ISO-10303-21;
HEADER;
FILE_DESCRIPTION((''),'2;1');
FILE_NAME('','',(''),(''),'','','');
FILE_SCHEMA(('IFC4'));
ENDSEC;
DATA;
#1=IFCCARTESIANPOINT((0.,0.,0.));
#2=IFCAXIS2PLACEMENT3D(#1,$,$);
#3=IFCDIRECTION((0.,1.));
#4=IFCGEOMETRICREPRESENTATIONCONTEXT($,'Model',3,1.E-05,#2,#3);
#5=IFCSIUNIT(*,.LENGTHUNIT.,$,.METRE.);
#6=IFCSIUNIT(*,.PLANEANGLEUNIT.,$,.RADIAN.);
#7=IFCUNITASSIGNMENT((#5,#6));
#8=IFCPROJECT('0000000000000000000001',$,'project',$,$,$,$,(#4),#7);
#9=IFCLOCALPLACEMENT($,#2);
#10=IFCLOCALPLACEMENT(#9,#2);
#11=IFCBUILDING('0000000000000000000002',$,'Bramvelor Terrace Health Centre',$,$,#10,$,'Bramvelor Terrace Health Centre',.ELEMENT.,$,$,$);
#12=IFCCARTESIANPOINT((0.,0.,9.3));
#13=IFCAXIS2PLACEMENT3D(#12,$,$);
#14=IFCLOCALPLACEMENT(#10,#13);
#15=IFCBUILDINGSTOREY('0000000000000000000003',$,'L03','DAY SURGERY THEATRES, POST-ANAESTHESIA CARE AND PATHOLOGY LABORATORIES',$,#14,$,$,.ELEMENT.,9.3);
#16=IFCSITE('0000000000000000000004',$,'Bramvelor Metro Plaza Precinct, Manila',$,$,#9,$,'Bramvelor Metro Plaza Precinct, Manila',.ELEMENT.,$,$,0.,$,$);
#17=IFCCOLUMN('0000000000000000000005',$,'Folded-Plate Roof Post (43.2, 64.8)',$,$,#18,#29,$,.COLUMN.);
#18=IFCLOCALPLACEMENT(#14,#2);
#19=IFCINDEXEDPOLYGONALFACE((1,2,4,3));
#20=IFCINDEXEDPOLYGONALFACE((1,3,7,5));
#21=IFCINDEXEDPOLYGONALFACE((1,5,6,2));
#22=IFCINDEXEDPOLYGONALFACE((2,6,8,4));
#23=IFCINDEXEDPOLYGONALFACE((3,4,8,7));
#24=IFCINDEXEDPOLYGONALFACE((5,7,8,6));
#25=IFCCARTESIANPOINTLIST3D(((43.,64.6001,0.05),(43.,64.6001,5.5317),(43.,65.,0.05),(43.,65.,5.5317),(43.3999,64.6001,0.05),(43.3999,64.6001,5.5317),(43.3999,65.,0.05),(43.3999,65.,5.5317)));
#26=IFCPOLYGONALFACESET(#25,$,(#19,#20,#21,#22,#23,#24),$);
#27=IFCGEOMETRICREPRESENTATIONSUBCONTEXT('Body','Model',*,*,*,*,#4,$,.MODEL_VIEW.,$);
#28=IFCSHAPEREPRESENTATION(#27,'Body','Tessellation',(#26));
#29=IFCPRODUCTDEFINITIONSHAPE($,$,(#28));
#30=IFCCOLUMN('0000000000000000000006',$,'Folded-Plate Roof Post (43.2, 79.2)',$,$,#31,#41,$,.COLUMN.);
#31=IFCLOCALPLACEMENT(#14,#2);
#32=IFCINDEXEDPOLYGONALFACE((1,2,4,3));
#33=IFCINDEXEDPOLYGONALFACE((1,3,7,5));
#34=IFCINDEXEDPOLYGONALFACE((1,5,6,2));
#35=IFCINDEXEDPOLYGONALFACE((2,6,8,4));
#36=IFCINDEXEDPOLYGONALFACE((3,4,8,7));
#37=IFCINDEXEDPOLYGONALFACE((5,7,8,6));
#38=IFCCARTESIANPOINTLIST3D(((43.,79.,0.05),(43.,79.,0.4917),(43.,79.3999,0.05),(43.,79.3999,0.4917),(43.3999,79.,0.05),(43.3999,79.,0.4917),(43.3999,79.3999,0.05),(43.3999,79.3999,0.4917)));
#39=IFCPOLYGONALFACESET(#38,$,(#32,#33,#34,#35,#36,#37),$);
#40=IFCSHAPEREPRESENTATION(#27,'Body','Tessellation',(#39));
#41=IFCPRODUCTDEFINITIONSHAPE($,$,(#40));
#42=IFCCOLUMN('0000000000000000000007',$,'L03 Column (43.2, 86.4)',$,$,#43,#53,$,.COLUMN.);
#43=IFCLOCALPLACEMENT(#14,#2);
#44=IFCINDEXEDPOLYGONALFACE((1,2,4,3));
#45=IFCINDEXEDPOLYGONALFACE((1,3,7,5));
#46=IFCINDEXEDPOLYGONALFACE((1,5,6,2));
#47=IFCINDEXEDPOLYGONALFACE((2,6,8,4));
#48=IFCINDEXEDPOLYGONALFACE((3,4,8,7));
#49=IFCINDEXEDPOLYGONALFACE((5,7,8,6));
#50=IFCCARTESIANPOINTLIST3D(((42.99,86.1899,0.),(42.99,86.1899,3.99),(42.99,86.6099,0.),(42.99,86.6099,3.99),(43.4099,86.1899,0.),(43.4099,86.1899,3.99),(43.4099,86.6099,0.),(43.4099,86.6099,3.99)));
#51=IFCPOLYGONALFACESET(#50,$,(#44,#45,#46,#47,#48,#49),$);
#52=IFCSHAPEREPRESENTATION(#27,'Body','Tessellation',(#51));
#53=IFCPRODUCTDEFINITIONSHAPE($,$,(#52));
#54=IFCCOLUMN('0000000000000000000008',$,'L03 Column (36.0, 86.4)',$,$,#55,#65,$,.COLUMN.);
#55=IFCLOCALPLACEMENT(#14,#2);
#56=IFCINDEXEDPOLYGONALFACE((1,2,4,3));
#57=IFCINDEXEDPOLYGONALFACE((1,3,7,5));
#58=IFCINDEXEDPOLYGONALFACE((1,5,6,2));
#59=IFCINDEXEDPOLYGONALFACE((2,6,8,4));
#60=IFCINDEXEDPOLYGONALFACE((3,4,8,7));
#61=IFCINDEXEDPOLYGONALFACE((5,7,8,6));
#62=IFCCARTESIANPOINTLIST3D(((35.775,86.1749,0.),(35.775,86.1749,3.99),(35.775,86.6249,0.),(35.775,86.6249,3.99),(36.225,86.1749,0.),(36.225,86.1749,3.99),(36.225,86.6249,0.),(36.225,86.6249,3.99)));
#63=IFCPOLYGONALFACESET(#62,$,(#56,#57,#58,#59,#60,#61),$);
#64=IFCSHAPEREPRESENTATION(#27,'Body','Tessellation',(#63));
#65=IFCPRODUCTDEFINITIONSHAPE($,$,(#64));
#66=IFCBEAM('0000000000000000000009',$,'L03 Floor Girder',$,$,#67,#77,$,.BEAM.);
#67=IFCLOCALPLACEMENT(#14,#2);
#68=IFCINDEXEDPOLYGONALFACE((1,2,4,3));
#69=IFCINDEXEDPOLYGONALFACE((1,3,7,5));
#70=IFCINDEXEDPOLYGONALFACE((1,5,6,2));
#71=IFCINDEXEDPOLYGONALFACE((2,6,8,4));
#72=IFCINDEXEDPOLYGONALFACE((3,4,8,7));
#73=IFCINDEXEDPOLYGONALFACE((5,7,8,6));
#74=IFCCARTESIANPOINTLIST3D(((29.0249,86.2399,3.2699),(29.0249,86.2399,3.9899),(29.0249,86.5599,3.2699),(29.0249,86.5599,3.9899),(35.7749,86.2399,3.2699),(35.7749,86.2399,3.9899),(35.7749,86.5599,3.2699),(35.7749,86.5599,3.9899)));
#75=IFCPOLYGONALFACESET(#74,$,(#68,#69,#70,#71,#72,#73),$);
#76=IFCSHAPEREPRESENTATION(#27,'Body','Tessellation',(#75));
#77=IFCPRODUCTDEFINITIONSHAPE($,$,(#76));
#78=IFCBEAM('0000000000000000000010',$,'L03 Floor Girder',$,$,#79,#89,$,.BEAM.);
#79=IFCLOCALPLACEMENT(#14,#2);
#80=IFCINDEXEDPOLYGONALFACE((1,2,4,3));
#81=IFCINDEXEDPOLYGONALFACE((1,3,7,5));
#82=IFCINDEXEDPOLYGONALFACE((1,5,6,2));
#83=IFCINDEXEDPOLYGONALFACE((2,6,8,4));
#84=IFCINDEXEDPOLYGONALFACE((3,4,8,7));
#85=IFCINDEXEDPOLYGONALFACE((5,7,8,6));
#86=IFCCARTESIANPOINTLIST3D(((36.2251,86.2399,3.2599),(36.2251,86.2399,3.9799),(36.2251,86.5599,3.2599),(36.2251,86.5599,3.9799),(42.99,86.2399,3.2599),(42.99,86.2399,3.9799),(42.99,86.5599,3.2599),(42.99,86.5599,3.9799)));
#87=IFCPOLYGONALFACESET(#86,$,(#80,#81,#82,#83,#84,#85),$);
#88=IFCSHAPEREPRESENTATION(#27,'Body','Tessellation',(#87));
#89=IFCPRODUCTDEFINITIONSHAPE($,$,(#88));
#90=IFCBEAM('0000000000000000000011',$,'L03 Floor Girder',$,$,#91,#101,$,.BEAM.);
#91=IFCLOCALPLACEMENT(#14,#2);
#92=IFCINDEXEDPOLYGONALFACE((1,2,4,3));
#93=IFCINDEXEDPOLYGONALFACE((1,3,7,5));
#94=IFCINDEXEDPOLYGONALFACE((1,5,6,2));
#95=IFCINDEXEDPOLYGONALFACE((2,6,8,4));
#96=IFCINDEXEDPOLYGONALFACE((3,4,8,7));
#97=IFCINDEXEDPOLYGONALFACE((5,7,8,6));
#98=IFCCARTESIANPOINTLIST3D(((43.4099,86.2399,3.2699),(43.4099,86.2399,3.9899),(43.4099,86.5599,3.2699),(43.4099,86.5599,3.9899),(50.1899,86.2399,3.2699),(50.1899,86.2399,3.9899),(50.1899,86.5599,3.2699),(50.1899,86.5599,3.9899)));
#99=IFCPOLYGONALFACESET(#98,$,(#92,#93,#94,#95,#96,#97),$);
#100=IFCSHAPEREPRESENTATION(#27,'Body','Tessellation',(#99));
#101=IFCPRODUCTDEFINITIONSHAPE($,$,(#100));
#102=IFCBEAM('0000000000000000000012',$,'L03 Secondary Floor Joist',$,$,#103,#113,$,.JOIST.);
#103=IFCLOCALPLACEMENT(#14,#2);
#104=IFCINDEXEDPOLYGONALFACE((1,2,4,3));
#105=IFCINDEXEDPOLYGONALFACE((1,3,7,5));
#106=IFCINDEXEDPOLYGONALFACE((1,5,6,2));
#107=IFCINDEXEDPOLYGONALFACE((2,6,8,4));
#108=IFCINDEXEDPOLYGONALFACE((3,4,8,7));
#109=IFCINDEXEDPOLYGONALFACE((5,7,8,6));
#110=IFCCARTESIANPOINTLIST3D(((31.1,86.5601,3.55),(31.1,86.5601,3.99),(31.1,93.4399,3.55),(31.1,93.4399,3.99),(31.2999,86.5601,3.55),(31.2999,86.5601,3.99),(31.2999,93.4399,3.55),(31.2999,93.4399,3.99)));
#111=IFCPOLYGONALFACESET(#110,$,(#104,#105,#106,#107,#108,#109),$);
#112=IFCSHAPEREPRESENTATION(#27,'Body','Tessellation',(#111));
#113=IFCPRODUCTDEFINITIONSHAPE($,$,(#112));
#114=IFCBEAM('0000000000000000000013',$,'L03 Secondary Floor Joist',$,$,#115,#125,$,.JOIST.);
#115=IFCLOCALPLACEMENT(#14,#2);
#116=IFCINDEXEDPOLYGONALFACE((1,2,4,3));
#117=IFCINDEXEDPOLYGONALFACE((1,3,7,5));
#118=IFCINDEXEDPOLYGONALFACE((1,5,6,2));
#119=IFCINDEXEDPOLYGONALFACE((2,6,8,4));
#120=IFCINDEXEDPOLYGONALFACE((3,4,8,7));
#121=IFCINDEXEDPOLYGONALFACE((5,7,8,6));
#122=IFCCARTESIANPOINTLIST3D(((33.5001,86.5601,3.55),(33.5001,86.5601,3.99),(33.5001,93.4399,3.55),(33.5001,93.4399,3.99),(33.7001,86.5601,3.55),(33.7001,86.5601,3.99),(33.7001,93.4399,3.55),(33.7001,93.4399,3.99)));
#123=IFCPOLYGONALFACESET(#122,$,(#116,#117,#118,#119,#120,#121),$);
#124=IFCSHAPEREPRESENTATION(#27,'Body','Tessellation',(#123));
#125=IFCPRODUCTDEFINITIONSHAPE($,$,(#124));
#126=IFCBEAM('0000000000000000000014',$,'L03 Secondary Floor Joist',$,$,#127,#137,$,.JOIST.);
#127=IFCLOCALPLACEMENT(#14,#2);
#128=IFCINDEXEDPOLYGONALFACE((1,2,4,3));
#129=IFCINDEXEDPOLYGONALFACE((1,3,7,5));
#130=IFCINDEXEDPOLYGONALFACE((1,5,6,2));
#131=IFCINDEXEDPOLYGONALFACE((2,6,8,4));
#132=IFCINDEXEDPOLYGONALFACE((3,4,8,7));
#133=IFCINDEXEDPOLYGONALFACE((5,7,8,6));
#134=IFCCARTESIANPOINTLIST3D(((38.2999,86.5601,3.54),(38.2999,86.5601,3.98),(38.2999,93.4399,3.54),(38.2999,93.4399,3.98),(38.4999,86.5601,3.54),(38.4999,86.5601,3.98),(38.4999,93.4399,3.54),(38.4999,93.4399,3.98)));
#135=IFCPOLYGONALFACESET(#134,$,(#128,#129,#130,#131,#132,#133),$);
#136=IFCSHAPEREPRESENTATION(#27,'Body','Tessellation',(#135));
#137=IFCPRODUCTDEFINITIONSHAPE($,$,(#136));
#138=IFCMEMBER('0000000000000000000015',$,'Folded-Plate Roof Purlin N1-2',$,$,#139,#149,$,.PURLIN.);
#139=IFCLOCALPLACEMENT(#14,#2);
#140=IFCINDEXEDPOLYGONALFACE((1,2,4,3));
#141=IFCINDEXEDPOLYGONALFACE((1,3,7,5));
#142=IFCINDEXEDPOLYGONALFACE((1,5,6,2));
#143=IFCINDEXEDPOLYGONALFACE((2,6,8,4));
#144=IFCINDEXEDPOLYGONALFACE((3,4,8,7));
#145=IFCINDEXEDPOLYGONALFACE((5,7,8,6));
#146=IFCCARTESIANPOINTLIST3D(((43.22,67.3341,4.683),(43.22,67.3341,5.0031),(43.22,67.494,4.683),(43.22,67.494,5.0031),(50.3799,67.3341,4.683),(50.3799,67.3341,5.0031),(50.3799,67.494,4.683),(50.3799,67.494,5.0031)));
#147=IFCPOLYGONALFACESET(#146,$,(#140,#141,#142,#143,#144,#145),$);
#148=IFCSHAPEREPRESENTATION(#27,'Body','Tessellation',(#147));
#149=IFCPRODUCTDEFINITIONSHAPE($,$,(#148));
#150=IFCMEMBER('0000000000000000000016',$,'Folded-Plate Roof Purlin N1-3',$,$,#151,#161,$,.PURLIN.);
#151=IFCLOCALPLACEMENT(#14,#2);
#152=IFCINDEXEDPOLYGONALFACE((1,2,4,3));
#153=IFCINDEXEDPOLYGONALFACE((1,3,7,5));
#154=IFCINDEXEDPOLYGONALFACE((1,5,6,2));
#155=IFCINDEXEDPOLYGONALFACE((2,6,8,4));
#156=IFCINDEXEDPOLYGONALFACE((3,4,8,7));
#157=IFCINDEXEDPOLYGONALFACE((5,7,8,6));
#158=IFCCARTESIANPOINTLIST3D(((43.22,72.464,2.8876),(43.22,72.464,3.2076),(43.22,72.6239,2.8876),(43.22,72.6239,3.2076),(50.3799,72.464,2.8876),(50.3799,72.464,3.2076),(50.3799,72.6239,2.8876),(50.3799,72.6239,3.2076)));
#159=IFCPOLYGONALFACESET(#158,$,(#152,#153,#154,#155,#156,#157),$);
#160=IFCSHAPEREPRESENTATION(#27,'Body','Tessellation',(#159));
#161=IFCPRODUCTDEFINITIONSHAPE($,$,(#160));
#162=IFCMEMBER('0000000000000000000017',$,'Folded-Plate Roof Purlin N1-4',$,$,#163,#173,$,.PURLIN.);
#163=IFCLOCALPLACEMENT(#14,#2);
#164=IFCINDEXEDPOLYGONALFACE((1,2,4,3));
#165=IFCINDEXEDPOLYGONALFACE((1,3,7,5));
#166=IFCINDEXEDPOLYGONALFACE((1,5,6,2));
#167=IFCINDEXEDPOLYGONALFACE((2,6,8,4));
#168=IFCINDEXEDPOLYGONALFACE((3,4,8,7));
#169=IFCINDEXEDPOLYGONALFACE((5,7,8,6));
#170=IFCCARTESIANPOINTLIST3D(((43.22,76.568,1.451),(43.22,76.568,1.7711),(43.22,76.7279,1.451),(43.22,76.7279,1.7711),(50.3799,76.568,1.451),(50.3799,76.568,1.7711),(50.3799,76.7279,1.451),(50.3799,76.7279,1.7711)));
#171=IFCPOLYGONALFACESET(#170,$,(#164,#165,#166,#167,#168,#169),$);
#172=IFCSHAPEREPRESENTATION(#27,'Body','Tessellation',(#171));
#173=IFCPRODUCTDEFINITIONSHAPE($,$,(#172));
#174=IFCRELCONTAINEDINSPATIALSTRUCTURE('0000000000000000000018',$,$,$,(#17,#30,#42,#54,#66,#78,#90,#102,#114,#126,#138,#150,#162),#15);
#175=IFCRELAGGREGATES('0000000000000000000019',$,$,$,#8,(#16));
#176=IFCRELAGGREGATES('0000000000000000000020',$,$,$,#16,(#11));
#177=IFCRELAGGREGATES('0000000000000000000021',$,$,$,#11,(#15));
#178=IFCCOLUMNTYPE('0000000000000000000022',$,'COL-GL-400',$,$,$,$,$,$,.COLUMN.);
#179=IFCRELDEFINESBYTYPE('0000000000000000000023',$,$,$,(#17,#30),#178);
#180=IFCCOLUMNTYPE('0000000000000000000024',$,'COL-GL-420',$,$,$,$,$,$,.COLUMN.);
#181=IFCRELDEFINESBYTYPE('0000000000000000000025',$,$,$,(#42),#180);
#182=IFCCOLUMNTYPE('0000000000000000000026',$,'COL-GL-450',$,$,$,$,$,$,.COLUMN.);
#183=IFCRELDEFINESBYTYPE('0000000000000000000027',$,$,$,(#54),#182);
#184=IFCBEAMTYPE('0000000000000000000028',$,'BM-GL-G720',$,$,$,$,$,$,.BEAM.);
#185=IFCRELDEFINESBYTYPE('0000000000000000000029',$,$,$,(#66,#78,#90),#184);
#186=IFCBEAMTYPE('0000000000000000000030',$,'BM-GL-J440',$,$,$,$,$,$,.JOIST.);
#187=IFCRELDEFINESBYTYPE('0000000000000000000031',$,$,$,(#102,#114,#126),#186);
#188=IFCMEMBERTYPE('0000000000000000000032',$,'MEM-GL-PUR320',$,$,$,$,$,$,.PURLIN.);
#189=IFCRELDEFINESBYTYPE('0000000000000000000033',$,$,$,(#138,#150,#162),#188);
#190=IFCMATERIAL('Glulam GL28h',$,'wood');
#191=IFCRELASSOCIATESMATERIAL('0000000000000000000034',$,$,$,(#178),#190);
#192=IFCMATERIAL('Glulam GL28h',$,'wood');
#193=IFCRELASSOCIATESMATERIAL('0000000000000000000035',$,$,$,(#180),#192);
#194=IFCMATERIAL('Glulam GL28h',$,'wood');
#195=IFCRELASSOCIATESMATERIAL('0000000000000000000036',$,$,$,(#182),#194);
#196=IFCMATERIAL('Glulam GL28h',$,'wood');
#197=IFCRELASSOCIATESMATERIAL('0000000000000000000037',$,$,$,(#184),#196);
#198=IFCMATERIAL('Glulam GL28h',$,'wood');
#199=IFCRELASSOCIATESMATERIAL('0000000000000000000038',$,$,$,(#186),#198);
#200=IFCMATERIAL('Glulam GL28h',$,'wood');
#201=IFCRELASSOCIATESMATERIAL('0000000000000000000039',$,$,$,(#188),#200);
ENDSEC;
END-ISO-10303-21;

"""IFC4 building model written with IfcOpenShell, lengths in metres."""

from ifc_helpers import new_model, si_unit, direction, frame, origin, origin_2d, place, context, subcontext, project, spatial, rectangle, extrude, material, material_profile, profile_set, type_object, element, save


model = new_model("IFC4")

# Units and contexts
model_context = context("Model", 3, precision=1e-05, world=origin(), true_north=direction((0.0, 1.0)))
body_context = subcontext(model_context, "Body", "Model", "MODEL_VIEW")
ifc_project = project(units=[si_unit("LENGTHUNIT", "METRE"), si_unit("PLANEANGLEUNIT", "RADIAN")], contexts=[model_context])

# Site, building, storey
site_placement = place(None, origin())
site = spatial("IfcSite", under=ifc_project, at=site_placement, Name="Bramvelor Metro Plaza Precinct, Manila", LongName="Bramvelor Metro Plaza Precinct, Manila", CompositionType="ELEMENT", RefElevation=0.0)
building_placement = place(site_placement, origin())
building = spatial("IfcBuilding", under=site, at=building_placement, Name="Bramvelor Terrace Health Centre", LongName="Bramvelor Terrace Health Centre", CompositionType="ELEMENT")
storey_placement = place(building_placement, frame((0.0, 0.0, 9.3)))
storey = spatial("IfcBuildingStorey", under=building, at=storey_placement, Name="L03", Description="DAY SURGERY THEATRES, POST-ANAESTHESIA CARE AND PATHOLOGY LABORATORIES", CompositionType="ELEMENT", Elevation=9.3)

# Columns
ifc_material_1 = material(Name="Glulam GL28h", Category="wood")
ifc_material_profile_1 = material_profile(ifc_material_1, rectangle(XDim=0.3999, YDim=0.3999, at=origin_2d()), Name="GL 400x400")
ifc_profile_set_1 = profile_set([ifc_material_profile_1], Name="Glulam GL28h")
column_type_1 = type_object("IfcColumnType", Name="COL-GL-400", PredefinedType="COLUMN", material=ifc_profile_set_1)
column_1_placement = place(storey_placement, frame((43.2, 64.8, 0.05), z_axis=(0.0, 0.0, 1.0), x_axis=(1.0, 0.0, 0.0)))
element("IfcColumn", 1, at=column_1_placement, inside=storey, type_object=column_type_1, Name="Folded-Plate Roof Post (43.2, 64.8)", PredefinedType="COLUMN", context=body_context, shape_type="SweptSolid", body=[
    extrude(rectangle(XDim=0.3999, YDim=0.3999, at=origin_2d()), origin(), (0.0, 0.0, 1.0), 5.4817),
])
column_2_placement = place(storey_placement, frame((43.2, 79.2, 0.05), z_axis=(0.0, 0.0, 1.0), x_axis=(1.0, 0.0, 0.0)))
element("IfcColumn", 2, at=column_2_placement, inside=storey, type_object=column_type_1, Name="Folded-Plate Roof Post (43.2, 79.2)", PredefinedType="COLUMN", context=body_context, shape_type="SweptSolid", body=[
    extrude(rectangle(XDim=0.3999, YDim=0.3999, at=origin_2d()), origin(), (0.0, 0.0, 1.0), 0.4417),
])
ifc_material_2 = material(Name="Glulam GL28h", Category="wood")
ifc_material_profile_2 = material_profile(ifc_material_2, rectangle(XDim=0.4199, YDim=0.4199, at=origin_2d()), Name="GL 420x420")
ifc_profile_set_2 = profile_set([ifc_material_profile_2], Name="Glulam GL28h")
column_type_2 = type_object("IfcColumnType", Name="COL-GL-420", PredefinedType="COLUMN", material=ifc_profile_set_2)
column_3_placement = place(storey_placement, frame((43.2, 86.3999, 0.0), z_axis=(0.0, 0.0, 1.0), x_axis=(1.0, 0.0, 0.0)))
element("IfcColumn", 3, at=column_3_placement, inside=storey, type_object=column_type_2, Name="L03 Column (43.2, 86.4)", PredefinedType="COLUMN", context=body_context, shape_type="SweptSolid", body=[
    extrude(rectangle(XDim=0.4199, YDim=0.4199, at=origin_2d()), origin(), (0.0, 0.0, 1.0), 3.99),
])
ifc_material_3 = material(Name="Glulam GL28h", Category="wood")
ifc_material_profile_3 = material_profile(ifc_material_3, rectangle(XDim=0.45, YDim=0.45, at=origin_2d()), Name="GL 450x450")
ifc_profile_set_3 = profile_set([ifc_material_profile_3], Name="Glulam GL28h")
column_type_3 = type_object("IfcColumnType", Name="COL-GL-450", PredefinedType="COLUMN", material=ifc_profile_set_3)
column_4_placement = place(storey_placement, frame((36.0, 86.3999, 0.0), z_axis=(0.0, 0.0, 1.0), x_axis=(1.0, 0.0, 0.0)))
element("IfcColumn", 4, at=column_4_placement, inside=storey, type_object=column_type_3, Name="L03 Column (36.0, 86.4)", PredefinedType="COLUMN", context=body_context, shape_type="SweptSolid", body=[
    extrude(rectangle(XDim=0.45, YDim=0.45, at=origin_2d()), origin(), (0.0, 0.0, 1.0), 3.99),
])

# Beams
ifc_material_4 = material(Name="Glulam GL28h", Category="wood")
ifc_material_profile_4 = material_profile(ifc_material_4, rectangle(XDim=0.3201, YDim=0.72, at=origin_2d()), Name="GL 320x720")
ifc_profile_set_4 = profile_set([ifc_material_profile_4], Name="Glulam GL28h")
beam_type_1 = type_object("IfcBeamType", Name="BM-GL-G720", PredefinedType="BEAM", material=ifc_profile_set_4)
beam_1_placement = place(storey_placement, frame((29.0249, 86.3999, 3.6299), z_axis=(1.0, 0.0, 0.0), x_axis=(0.0, 1.0, 0.0)))
element("IfcBeam", 5, at=beam_1_placement, inside=storey, type_object=beam_type_1, Name="L03 Floor Girder", PredefinedType="BEAM", context=body_context, shape_type="SweptSolid", body=[
    extrude(rectangle(XDim=0.3201, YDim=0.72, at=origin_2d()), origin(), (0.0, 0.0, 1.0), 6.75),
])
beam_2_placement = place(storey_placement, frame((36.2251, 86.3999, 3.6199), z_axis=(1.0, 0.0, 0.0), x_axis=(0.0, 1.0, 0.0)))
element("IfcBeam", 6, at=beam_2_placement, inside=storey, type_object=beam_type_1, Name="L03 Floor Girder", PredefinedType="BEAM", context=body_context, shape_type="SweptSolid", body=[
    extrude(rectangle(XDim=0.3201, YDim=0.72, at=origin_2d()), origin(), (0.0, 0.0, 1.0), 6.7649),
])
beam_3_placement = place(storey_placement, frame((43.4099, 86.3999, 3.6299), z_axis=(1.0, 0.0, 0.0), x_axis=(0.0, 1.0, 0.0)))
element("IfcBeam", 7, at=beam_3_placement, inside=storey, type_object=beam_type_1, Name="L03 Floor Girder", PredefinedType="BEAM", context=body_context, shape_type="SweptSolid", body=[
    extrude(rectangle(XDim=0.3201, YDim=0.72, at=origin_2d()), origin(), (0.0, 0.0, 1.0), 6.78),
])
ifc_material_5 = material(Name="Glulam GL28h", Category="wood")
ifc_material_profile_5 = material_profile(ifc_material_5, rectangle(XDim=0.2, YDim=0.4399, at=origin_2d()), Name="GL 200x440")
ifc_profile_set_5 = profile_set([ifc_material_profile_5], Name="Glulam GL28h")
beam_type_2 = type_object("IfcBeamType", Name="BM-GL-J440", PredefinedType="JOIST", material=ifc_profile_set_5)
for number, where, z_axis, x_axis, name in (
    (8, (31.2, 86.5601, 3.77), (0.0, 1.0, 0.0), (-1.0, 0.0, 0.0), "L03 Secondary Floor Joist"),
    (9, (33.6001, 86.5601, 3.77), (0.0, 1.0, 0.0), (-1.0, 0.0, 0.0), "L03 Secondary Floor Joist"),
    (10, (38.3999, 86.5601, 3.76), (0.0, 1.0, 0.0), (-1.0, 0.0, 0.0), "L03 Secondary Floor Joist"),
):
    element("IfcBeam", number, at=place(storey_placement, frame(where, z_axis=z_axis, x_axis=x_axis)), inside=storey, type_object=beam_type_2, Name=name, PredefinedType="JOIST", context=body_context, shape_type="SweptSolid", body=[
        extrude(rectangle(XDim=0.2, YDim=0.4399, at=origin_2d()), origin(), (0.0, 0.0, 1.0), 6.8799),
    ])

# Members
ifc_material_6 = material(Name="Glulam GL28h", Category="wood")
ifc_material_profile_6 = material_profile(ifc_material_6, rectangle(XDim=0.1599, YDim=0.3201, at=origin_2d()), Name="GL 160x320")
ifc_profile_set_6 = profile_set([ifc_material_profile_6], Name="Glulam GL28h")
member_type_1 = type_object("IfcMemberType", Name="MEM-GL-PUR320", PredefinedType="PURLIN", material=ifc_profile_set_6)
for number, where, z_axis, x_axis, name in (
    (11, (43.22, 67.4141, 4.843), (1.0, 0.0, 0.0), (0.0, 1.0, 0.0), "Folded-Plate Roof Purlin N1-2"),
    (12, (43.22, 72.5439, 3.0476), (1.0, 0.0, 0.0), (0.0, 1.0, 0.0), "Folded-Plate Roof Purlin N1-3"),
    (13, (43.22, 76.6479, 1.6111), (1.0, 0.0, 0.0), (0.0, 1.0, 0.0), "Folded-Plate Roof Purlin N1-4"),
):
    element("IfcMember", number, at=place(storey_placement, frame(where, z_axis=z_axis, x_axis=x_axis)), inside=storey, type_object=member_type_1, Name=name, PredefinedType="PURLIN", context=body_context, shape_type="SweptSolid", body=[
        extrude(rectangle(XDim=0.1599, YDim=0.3201, at=origin_2d()), origin(), (0.0, 0.0, 1.0), 7.1599),
    ])

save(model, "model.ifc")
